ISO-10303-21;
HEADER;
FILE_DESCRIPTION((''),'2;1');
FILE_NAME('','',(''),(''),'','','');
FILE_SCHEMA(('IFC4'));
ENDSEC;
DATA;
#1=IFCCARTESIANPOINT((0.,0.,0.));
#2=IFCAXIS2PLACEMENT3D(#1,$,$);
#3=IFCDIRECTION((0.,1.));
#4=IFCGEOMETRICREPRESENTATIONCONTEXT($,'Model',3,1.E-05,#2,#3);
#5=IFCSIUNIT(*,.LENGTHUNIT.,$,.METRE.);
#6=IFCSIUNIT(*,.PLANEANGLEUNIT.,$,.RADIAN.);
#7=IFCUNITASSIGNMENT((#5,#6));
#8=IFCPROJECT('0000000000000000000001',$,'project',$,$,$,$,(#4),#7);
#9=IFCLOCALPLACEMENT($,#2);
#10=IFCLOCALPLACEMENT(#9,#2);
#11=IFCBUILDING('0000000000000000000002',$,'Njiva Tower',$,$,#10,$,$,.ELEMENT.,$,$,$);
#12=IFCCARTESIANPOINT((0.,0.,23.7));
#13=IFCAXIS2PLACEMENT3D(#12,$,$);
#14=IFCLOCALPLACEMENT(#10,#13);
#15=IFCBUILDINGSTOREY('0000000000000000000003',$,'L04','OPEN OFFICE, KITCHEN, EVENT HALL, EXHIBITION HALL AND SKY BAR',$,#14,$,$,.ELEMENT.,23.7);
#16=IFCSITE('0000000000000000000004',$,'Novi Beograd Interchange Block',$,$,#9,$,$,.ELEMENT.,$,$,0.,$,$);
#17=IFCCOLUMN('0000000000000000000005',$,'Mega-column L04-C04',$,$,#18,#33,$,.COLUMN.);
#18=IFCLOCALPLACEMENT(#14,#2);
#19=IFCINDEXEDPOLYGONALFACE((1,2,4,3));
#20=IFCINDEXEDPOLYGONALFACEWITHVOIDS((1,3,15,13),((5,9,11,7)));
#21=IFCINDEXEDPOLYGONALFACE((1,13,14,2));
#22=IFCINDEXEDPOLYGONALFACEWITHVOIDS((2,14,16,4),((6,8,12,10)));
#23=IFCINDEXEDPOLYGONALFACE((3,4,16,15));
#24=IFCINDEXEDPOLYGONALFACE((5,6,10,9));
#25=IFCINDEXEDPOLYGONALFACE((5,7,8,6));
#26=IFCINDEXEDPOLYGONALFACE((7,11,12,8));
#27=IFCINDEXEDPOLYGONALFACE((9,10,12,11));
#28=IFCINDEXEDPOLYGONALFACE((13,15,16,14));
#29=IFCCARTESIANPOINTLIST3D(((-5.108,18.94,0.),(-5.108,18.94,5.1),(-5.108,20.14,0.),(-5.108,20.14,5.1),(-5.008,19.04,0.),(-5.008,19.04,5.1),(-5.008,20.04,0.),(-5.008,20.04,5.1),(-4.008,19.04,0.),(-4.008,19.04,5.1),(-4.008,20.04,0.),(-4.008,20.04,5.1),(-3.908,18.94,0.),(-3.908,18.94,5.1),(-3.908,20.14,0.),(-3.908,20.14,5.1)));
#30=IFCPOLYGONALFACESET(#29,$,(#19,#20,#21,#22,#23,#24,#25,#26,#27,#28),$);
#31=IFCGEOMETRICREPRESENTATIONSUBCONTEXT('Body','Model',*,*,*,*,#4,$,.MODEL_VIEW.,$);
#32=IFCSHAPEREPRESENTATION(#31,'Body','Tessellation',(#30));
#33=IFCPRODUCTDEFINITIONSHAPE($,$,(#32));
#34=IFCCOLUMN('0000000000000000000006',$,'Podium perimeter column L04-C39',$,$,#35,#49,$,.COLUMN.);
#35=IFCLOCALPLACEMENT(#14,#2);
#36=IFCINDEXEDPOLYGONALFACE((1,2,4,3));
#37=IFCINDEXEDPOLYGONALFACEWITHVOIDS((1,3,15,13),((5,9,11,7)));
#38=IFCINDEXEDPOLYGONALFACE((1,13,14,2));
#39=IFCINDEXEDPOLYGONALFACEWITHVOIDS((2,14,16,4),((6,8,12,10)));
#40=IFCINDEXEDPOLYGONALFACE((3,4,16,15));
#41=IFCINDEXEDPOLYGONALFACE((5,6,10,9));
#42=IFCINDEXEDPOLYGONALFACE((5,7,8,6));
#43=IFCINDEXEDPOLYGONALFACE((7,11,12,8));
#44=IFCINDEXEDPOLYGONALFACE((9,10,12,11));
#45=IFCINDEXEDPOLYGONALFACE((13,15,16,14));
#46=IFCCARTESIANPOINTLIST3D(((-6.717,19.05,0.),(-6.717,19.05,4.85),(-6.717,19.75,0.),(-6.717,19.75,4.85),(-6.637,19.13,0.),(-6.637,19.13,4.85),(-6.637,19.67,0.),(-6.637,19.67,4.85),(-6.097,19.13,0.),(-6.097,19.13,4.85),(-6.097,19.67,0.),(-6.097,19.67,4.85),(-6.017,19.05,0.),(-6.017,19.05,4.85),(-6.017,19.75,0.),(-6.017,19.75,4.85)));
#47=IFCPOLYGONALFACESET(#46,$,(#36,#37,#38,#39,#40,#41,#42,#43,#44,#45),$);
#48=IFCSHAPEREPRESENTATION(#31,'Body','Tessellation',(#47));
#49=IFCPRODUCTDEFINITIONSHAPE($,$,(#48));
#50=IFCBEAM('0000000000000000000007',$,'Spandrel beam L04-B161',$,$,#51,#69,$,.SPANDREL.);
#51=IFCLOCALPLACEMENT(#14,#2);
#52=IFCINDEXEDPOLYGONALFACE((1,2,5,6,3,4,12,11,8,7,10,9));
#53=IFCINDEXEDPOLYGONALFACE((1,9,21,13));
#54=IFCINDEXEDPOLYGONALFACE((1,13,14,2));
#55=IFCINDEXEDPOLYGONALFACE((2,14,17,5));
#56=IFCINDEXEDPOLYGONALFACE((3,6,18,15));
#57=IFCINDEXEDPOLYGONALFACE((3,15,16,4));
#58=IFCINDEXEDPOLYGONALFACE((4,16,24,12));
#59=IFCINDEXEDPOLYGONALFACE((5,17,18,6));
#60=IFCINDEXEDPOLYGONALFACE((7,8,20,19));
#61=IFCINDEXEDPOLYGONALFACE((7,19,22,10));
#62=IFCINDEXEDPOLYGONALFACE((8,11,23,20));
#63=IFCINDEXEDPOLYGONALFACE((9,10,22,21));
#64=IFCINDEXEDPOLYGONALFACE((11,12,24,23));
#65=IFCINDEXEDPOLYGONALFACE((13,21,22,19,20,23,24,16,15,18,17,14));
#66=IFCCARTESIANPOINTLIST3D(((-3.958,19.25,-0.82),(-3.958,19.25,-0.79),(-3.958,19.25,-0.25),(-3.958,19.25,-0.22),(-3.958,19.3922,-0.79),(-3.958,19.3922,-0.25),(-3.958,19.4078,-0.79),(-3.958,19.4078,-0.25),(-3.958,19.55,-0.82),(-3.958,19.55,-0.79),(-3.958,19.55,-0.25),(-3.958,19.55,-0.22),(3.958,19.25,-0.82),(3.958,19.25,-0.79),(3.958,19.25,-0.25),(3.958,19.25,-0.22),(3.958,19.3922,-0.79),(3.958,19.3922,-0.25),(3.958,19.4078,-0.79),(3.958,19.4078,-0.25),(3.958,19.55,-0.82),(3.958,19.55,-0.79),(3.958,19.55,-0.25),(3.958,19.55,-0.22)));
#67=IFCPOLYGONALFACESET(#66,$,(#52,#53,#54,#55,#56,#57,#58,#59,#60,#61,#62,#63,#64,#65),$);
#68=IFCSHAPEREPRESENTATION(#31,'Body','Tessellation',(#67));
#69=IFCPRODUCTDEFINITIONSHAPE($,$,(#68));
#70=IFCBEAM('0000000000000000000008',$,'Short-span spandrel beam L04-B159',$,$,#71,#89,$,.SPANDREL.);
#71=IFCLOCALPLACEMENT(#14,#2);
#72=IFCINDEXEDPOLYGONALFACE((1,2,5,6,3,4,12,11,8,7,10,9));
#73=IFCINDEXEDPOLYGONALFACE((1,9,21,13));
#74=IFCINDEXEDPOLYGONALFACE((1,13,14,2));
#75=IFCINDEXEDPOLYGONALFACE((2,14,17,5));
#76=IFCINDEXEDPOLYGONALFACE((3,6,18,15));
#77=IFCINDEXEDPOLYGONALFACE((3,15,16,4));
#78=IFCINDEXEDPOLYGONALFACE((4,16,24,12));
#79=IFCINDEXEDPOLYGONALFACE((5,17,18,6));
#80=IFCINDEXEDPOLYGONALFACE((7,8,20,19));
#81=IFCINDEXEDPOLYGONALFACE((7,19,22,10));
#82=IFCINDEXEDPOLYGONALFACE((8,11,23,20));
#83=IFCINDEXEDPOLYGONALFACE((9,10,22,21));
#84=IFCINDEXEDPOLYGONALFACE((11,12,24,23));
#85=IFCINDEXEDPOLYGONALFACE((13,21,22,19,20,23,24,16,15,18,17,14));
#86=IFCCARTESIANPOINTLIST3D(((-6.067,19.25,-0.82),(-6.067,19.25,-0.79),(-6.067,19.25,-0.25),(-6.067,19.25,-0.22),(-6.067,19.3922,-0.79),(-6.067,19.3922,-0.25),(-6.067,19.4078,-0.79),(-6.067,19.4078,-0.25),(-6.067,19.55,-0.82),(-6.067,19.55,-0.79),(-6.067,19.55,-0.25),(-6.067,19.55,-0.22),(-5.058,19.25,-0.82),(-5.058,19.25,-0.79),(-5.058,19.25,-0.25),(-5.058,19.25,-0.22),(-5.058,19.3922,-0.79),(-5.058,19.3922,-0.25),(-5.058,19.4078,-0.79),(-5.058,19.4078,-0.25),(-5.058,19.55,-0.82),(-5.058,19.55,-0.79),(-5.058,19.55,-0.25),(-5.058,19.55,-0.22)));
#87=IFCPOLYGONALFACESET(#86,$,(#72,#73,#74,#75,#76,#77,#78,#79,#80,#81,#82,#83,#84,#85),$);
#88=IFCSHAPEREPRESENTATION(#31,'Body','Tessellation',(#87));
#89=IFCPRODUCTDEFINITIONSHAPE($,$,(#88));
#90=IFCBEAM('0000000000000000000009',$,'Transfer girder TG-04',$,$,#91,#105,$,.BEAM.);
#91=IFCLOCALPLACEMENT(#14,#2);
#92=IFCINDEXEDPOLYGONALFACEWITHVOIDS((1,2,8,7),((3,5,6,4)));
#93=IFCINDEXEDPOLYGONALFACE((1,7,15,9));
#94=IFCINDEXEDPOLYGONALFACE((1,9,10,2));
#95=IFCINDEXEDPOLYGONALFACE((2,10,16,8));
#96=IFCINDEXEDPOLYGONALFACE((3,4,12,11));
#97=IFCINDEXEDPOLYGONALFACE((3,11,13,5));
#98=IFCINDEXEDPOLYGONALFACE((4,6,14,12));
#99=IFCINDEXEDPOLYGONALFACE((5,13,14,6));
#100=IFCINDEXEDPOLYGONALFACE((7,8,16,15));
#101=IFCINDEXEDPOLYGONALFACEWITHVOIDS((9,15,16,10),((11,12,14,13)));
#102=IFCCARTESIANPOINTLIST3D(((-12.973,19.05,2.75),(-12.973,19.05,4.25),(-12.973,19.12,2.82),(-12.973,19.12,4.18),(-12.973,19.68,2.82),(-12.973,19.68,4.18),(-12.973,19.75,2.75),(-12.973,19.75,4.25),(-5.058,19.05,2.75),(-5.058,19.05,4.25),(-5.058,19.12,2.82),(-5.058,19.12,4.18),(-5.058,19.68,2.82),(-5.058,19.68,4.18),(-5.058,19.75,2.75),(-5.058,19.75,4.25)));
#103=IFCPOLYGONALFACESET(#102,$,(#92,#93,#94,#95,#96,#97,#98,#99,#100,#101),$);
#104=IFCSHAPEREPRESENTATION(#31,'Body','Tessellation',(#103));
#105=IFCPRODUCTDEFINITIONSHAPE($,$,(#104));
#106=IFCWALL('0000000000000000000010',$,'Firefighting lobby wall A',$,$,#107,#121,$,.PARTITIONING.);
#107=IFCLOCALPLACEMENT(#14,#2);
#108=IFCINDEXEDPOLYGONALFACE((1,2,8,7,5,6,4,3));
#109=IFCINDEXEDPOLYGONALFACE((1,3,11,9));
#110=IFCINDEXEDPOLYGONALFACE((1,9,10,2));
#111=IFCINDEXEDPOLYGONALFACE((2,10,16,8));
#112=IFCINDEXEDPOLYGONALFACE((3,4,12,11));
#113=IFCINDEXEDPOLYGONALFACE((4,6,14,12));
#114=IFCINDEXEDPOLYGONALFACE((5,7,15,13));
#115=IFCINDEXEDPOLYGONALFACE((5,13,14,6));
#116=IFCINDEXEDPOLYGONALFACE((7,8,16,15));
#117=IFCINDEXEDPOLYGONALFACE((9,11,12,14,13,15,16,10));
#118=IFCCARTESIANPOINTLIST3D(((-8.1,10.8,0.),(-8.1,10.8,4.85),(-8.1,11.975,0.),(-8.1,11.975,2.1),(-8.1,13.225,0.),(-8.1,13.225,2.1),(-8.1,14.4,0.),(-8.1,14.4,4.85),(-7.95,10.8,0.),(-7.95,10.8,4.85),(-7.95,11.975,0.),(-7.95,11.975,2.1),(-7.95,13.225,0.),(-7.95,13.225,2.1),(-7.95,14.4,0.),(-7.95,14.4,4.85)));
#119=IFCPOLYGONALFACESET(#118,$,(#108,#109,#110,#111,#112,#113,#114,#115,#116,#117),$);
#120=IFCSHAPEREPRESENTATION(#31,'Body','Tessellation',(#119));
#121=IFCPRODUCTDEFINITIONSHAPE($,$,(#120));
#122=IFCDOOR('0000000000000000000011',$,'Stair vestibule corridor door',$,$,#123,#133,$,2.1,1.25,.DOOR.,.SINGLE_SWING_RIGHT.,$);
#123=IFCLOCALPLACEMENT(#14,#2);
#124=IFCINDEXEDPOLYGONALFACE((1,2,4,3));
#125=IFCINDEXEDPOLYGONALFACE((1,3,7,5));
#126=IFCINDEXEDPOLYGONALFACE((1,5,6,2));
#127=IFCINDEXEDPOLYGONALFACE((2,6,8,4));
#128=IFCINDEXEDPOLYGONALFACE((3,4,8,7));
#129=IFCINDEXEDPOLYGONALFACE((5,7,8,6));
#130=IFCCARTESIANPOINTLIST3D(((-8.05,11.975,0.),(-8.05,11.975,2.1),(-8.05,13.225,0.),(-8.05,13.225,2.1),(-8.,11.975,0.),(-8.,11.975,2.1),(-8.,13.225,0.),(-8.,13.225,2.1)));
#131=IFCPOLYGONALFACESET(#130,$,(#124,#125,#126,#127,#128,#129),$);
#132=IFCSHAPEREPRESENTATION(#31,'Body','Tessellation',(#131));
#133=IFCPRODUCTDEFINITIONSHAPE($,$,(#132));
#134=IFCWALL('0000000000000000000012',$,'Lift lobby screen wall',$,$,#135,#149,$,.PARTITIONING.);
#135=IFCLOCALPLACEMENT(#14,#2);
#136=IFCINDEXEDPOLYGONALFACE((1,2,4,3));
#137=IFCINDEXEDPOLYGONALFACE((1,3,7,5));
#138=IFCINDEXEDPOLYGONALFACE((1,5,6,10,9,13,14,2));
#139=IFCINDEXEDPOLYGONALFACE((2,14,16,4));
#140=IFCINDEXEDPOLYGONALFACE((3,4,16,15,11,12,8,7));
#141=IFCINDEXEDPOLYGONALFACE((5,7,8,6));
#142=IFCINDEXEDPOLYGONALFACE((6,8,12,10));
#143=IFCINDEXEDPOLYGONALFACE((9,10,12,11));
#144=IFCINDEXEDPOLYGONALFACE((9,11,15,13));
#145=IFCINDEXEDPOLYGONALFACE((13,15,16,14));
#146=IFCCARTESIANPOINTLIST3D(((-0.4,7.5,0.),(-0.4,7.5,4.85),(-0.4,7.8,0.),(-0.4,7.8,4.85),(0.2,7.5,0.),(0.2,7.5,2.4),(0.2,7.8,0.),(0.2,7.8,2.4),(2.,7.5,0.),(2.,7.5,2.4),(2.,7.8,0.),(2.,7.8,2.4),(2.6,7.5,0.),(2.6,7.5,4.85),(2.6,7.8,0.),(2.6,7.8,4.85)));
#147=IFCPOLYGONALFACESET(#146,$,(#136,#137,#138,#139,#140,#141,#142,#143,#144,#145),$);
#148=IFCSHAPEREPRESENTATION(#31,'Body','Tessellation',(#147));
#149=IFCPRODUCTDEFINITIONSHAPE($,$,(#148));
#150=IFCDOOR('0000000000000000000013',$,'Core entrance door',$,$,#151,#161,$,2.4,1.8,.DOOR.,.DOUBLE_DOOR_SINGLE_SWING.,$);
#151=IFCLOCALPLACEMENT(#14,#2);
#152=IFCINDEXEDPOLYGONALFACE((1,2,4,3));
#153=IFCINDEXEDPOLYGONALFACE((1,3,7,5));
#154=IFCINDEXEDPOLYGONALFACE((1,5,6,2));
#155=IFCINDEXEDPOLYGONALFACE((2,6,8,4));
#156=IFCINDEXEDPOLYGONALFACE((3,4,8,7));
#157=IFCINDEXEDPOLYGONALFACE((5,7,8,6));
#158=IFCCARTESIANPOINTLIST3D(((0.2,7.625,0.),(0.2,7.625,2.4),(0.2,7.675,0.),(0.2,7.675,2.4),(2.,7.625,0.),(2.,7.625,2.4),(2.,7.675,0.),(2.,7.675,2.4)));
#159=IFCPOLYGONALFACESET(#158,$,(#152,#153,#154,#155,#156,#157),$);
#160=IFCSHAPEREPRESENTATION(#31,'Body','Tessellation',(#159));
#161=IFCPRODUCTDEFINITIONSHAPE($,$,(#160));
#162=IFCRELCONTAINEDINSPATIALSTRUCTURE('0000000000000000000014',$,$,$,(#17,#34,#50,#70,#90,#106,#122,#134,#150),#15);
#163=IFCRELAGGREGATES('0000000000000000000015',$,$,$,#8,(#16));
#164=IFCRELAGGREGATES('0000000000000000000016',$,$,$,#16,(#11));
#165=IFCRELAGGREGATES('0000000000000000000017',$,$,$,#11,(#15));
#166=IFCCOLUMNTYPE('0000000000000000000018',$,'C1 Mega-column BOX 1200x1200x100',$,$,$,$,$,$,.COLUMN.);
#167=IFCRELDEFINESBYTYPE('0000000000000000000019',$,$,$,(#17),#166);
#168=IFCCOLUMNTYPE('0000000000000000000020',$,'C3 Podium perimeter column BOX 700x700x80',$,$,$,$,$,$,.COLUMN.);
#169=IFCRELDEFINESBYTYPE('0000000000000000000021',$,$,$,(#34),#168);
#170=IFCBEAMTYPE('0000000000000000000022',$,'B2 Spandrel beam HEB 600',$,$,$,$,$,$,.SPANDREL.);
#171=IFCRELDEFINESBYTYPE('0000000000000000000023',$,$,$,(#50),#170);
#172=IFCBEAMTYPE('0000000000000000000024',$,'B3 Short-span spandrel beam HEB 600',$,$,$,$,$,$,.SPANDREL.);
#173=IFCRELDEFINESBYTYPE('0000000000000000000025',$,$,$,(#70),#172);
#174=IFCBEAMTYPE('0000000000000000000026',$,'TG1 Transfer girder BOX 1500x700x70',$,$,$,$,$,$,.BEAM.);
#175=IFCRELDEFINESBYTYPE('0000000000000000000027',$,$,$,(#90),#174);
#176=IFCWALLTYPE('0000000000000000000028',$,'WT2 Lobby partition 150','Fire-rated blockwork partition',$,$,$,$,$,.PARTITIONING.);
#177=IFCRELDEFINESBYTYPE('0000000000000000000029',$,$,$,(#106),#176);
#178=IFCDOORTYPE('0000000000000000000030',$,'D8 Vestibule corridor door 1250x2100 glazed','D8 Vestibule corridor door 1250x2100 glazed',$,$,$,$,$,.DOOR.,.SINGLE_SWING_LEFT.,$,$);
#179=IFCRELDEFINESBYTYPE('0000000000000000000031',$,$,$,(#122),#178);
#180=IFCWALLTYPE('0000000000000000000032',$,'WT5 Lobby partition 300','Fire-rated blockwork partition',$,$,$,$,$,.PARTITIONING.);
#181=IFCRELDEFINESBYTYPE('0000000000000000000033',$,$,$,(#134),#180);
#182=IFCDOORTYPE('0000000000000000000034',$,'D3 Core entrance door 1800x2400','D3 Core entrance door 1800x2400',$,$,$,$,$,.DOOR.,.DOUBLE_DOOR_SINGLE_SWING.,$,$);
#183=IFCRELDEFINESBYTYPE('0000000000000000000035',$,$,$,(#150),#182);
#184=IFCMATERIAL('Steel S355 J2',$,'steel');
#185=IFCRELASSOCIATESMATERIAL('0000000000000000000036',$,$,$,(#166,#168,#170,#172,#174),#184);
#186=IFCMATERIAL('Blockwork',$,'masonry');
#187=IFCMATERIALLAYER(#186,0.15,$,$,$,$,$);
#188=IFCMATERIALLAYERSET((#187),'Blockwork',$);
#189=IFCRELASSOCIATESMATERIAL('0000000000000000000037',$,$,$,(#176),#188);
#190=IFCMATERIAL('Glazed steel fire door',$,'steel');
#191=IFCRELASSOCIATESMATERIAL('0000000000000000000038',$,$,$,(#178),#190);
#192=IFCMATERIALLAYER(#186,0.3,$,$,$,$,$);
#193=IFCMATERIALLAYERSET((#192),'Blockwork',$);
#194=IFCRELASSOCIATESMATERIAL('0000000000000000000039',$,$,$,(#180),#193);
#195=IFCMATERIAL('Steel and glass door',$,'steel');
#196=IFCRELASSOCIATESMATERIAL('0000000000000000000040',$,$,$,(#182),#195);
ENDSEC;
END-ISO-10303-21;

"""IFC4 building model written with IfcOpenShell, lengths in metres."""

from ifc_helpers import new_model, si_unit, direction, frame, frame_2d, origin, origin_2d, place, context, subcontext, project, spatial, rectangle, hollow_rectangle, i_section, extrude, material, layer, layer_set, material_profile, profile_set, type_object, element, fill, save


model = new_model("IFC4")

# Units and contexts
model_context = context("Model", 3, precision=1e-05, world=origin(), true_north=direction((0.0, 1.0)))
body_context = subcontext(model_context, "Body", "Model", "MODEL_VIEW")
ifc_project = project(units=[si_unit("LENGTHUNIT", "METRE"), si_unit("PLANEANGLEUNIT", "RADIAN")], contexts=[model_context])

# Site, building, storey
site_placement = place(None, origin())
site = spatial("IfcSite", under=ifc_project, at=site_placement, Name="Novi Beograd Interchange Block", CompositionType="ELEMENT", RefElevation=0.0)
building_placement = place(site_placement, origin())
building = spatial("IfcBuilding", under=site, at=building_placement, Name="Njiva Tower", CompositionType="ELEMENT")
storey_placement = place(building_placement, frame((0.0, 0.0, 23.7)))
storey = spatial("IfcBuildingStorey", under=building, at=storey_placement, Name="L04", Description="OPEN OFFICE, KITCHEN, EVENT HALL, EXHIBITION HALL AND SKY BAR", CompositionType="ELEMENT", Elevation=23.7)

# Columns
ifc_material_1 = material(Name="Steel S355 J2", Category="steel")
ifc_material_profile_1 = material_profile(ifc_material_1, hollow_rectangle(XDim=1.2, YDim=1.2, WallThickness=0.1, at=origin_2d()), Name="BOX 1200x1200x100")
ifc_profile_set_1 = profile_set([ifc_material_profile_1], Name="Steel S355 J2")
column_type_1 = type_object("IfcColumnType", Name="C1 Mega-column BOX 1200x1200x100", PredefinedType="COLUMN", material=ifc_profile_set_1)
column_1_placement = place(storey_placement, frame((-4.508, 19.54, 0.0), z_axis=(0.0, 0.0, 1.0), x_axis=(-1.0, 0.0, 0.0)))
element("IfcColumn", 1, at=column_1_placement, inside=storey, type_object=column_type_1, Name="Mega-column L04-C04", PredefinedType="COLUMN", context=body_context, shape_type="SweptSolid", body=[
    extrude(hollow_rectangle(XDim=1.2, YDim=1.2, WallThickness=0.1, at=origin_2d()), origin(), (0.0, 0.0, 1.0), 5.1),
])
ifc_material_profile_2 = material_profile(ifc_material_1, hollow_rectangle(XDim=0.7, YDim=0.7, WallThickness=0.08, at=origin_2d()), Name="BOX 700x700x80")
ifc_profile_set_2 = profile_set([ifc_material_profile_2], Name="Steel S355 J2")
column_type_2 = type_object("IfcColumnType", Name="C3 Podium perimeter column BOX 700x700x80", PredefinedType="COLUMN", material=ifc_profile_set_2)
column_2_placement = place(storey_placement, frame((-6.367, 19.4, 0.0), z_axis=(0.0, 0.0, 1.0), x_axis=(-1.0, 0.0, 0.0)))
element("IfcColumn", 2, at=column_2_placement, inside=storey, type_object=column_type_2, Name="Podium perimeter column L04-C39", PredefinedType="COLUMN", context=body_context, shape_type="SweptSolid", body=[
    extrude(hollow_rectangle(XDim=0.7, YDim=0.7, WallThickness=0.08, at=origin_2d()), origin(), (0.0, 0.0, 1.0), 4.85),
])

# Beams
ifc_material_profile_3 = material_profile(ifc_material_1, i_section(OverallWidth=0.3, OverallDepth=0.6, WebThickness=0.0155, FlangeThickness=0.03, at=origin_2d()), Name="HEB 600")
ifc_profile_set_3 = profile_set([ifc_material_profile_3], Name="Steel S355 J2")
beam_type_1 = type_object("IfcBeamType", Name="B2 Spandrel beam HEB 600", PredefinedType="SPANDREL", material=ifc_profile_set_3)
beam_1_placement = place(storey_placement, frame((-3.958, 19.4, -0.52), z_axis=(1.0, 0.0, 0.0), x_axis=(0.0, 1.0, 0.0)))
element("IfcBeam", 3, at=beam_1_placement, inside=storey, type_object=beam_type_1, Name="Spandrel beam L04-B161", PredefinedType="SPANDREL", context=body_context, shape_type="SweptSolid", body=[
    extrude(i_section(OverallWidth=0.3, OverallDepth=0.6, WebThickness=0.0155, FlangeThickness=0.03, at=origin_2d()), origin(), (0.0, 0.0, 1.0), 7.916),
])
ifc_material_profile_4 = material_profile(ifc_material_1, i_section(OverallWidth=0.3, OverallDepth=0.6, WebThickness=0.0155, FlangeThickness=0.03, at=origin_2d()), Name="HEB 600")
ifc_profile_set_4 = profile_set([ifc_material_profile_4], Name="Steel S355 J2")
beam_type_2 = type_object("IfcBeamType", Name="B3 Short-span spandrel beam HEB 600", PredefinedType="SPANDREL", material=ifc_profile_set_4)
beam_2_placement = place(storey_placement, frame((-6.067, 19.4, -0.52), z_axis=(1.0, 0.0, 0.0), x_axis=(0.0, 1.0, 0.0)))
element("IfcBeam", 4, at=beam_2_placement, inside=storey, type_object=beam_type_2, Name="Short-span spandrel beam L04-B159", PredefinedType="SPANDREL", context=body_context, shape_type="SweptSolid", body=[
    extrude(i_section(OverallWidth=0.3, OverallDepth=0.6, WebThickness=0.0155, FlangeThickness=0.03, at=origin_2d()), origin(), (0.0, 0.0, 1.0), 1.009),
])
ifc_material_profile_5 = material_profile(ifc_material_1, hollow_rectangle(XDim=0.7, YDim=1.5, WallThickness=0.07, at=origin_2d()), Name="BOX 1500x700x70")
ifc_profile_set_5 = profile_set([ifc_material_profile_5], Name="Steel S355 J2")
beam_type_3 = type_object("IfcBeamType", Name="TG1 Transfer girder BOX 1500x700x70", PredefinedType="BEAM", material=ifc_profile_set_5)
beam_3_placement = place(storey_placement, frame((-5.058, 19.4, 3.5), z_axis=(-1.0, 0.0, 0.0), x_axis=(0.0, -1.0, 0.0)))
element("IfcBeam", 5, at=beam_3_placement, inside=storey, type_object=beam_type_3, Name="Transfer girder TG-04", PredefinedType="BEAM", context=body_context, shape_type="SweptSolid", body=[
    extrude(hollow_rectangle(XDim=0.7, YDim=1.5, WallThickness=0.07, at=origin_2d()), origin(), (0.0, 0.0, 1.0), 7.915),
])

# Walls, openings, doors
ifc_material_2 = material(Name="Blockwork", Category="masonry")
ifc_layer_1 = layer(ifc_material_2, 0.15)
ifc_layer_set_1 = layer_set([ifc_layer_1], Name="Blockwork")
wall_type_1 = type_object("IfcWallType", Name="WT2 Lobby partition 150", Description="Fire-rated blockwork partition", PredefinedType="PARTITIONING", material=ifc_layer_set_1)
wall_1_placement = place(storey_placement, frame((-8.025, 10.8, 0.0), z_axis=(0.0, 0.0, 1.0), x_axis=(0.0, 1.0, 0.0)))
wall_1 = element("IfcWall", 6, at=wall_1_placement, inside=storey, type_object=wall_type_1, Name="Firefighting lobby wall A", PredefinedType="PARTITIONING", context=body_context, shape_type="SweptSolid", body=[
    extrude(rectangle(XDim=3.6, YDim=0.15, at=frame_2d((1.8, 0.0))), origin(), (0.0, 0.0, 1.0), 4.85),
])
opening_1_placement = place(wall_1_placement, frame((1.175, 0.0, 0.0)))
opening_1 = element("IfcOpeningElement", 7, at=opening_1_placement, cuts=wall_1, PredefinedType="OPENING", context=body_context, shape_type="SweptSolid", body=[
    extrude(rectangle(XDim=1.25, YDim=2.1, at=frame_2d((0.625, 1.05))), frame((0.0, 0.085, 0.0), z_axis=(0.0, -1.0, 0.0), x_axis=(1.0, 0.0, 0.0)), (0.0, 0.0, 1.0), 0.17),
])
ifc_material_3 = material(Name="Glazed steel fire door", Category="steel")
door_type_1 = type_object("IfcDoorType", Name="D8 Vestibule corridor door 1250x2100 glazed", Description="D8 Vestibule corridor door 1250x2100 glazed", OperationType="SINGLE_SWING_LEFT", PredefinedType="DOOR", material=ifc_material_3)
door_1_placement = place(opening_1_placement, origin())
door_1 = element("IfcDoor", 8, at=door_1_placement, inside=storey, type_object=door_type_1, Name="Stair vestibule corridor door", OperationType="SINGLE_SWING_RIGHT", OverallHeight=2.1, OverallWidth=1.25, PredefinedType="DOOR", context=body_context, shape_type="SweptSolid", body=[
    extrude(rectangle(XDim=1.25, YDim=2.1, at=frame_2d((0.625, 1.05))), frame((0.0, 0.025, 0.0), z_axis=(0.0, -1.0, 0.0), x_axis=(1.0, 0.0, 0.0)), (0.0, 0.0, 1.0), 0.05),
])
fill(opening_1, door_1)
ifc_layer_2 = layer(ifc_material_2, 0.3)
ifc_layer_set_2 = layer_set([ifc_layer_2], Name="Blockwork")
wall_type_2 = type_object("IfcWallType", Name="WT5 Lobby partition 300", Description="Fire-rated blockwork partition", PredefinedType="PARTITIONING", material=ifc_layer_set_2)
wall_2_placement = place(storey_placement, frame((-0.4, 7.65, 0.0), z_axis=(0.0, 0.0, 1.0), x_axis=(1.0, 0.0, 0.0)))
wall_2 = element("IfcWall", 9, at=wall_2_placement, inside=storey, type_object=wall_type_2, Name="Lift lobby screen wall", PredefinedType="PARTITIONING", context=body_context, shape_type="SweptSolid", body=[
    extrude(rectangle(XDim=3.0, YDim=0.3, at=frame_2d((1.5, 0.0))), origin(), (0.0, 0.0, 1.0), 4.85),
])
opening_2_placement = place(wall_2_placement, frame((0.6, 0.0, 0.0)))
opening_2 = element("IfcOpeningElement", 10, at=opening_2_placement, cuts=wall_2, PredefinedType="OPENING", context=body_context, shape_type="SweptSolid", body=[
    extrude(rectangle(XDim=1.8, YDim=2.4, at=frame_2d((0.9, 1.2))), frame((0.0, 0.16, 0.0), z_axis=(0.0, -1.0, 0.0), x_axis=(1.0, 0.0, 0.0)), (0.0, 0.0, 1.0), 0.32),
])
ifc_material_4 = material(Name="Steel and glass door", Category="steel")
door_type_2 = type_object("IfcDoorType", Name="D3 Core entrance door 1800x2400", Description="D3 Core entrance door 1800x2400", OperationType="DOUBLE_DOOR_SINGLE_SWING", PredefinedType="DOOR", material=ifc_material_4)
door_2_placement = place(opening_2_placement, origin())
door_2 = element("IfcDoor", 11, at=door_2_placement, inside=storey, type_object=door_type_2, Name="Core entrance door", OperationType="DOUBLE_DOOR_SINGLE_SWING", OverallHeight=2.4, OverallWidth=1.8, PredefinedType="DOOR", context=body_context, shape_type="SweptSolid", body=[
    extrude(rectangle(XDim=1.8, YDim=2.4, at=frame_2d((0.9, 1.2))), frame((0.0, 0.025, 0.0), z_axis=(0.0, -1.0, 0.0), x_axis=(1.0, 0.0, 0.0)), (0.0, 0.0, 1.0), 0.05),
])
fill(opening_2, door_2)

save(model, "model.ifc")
